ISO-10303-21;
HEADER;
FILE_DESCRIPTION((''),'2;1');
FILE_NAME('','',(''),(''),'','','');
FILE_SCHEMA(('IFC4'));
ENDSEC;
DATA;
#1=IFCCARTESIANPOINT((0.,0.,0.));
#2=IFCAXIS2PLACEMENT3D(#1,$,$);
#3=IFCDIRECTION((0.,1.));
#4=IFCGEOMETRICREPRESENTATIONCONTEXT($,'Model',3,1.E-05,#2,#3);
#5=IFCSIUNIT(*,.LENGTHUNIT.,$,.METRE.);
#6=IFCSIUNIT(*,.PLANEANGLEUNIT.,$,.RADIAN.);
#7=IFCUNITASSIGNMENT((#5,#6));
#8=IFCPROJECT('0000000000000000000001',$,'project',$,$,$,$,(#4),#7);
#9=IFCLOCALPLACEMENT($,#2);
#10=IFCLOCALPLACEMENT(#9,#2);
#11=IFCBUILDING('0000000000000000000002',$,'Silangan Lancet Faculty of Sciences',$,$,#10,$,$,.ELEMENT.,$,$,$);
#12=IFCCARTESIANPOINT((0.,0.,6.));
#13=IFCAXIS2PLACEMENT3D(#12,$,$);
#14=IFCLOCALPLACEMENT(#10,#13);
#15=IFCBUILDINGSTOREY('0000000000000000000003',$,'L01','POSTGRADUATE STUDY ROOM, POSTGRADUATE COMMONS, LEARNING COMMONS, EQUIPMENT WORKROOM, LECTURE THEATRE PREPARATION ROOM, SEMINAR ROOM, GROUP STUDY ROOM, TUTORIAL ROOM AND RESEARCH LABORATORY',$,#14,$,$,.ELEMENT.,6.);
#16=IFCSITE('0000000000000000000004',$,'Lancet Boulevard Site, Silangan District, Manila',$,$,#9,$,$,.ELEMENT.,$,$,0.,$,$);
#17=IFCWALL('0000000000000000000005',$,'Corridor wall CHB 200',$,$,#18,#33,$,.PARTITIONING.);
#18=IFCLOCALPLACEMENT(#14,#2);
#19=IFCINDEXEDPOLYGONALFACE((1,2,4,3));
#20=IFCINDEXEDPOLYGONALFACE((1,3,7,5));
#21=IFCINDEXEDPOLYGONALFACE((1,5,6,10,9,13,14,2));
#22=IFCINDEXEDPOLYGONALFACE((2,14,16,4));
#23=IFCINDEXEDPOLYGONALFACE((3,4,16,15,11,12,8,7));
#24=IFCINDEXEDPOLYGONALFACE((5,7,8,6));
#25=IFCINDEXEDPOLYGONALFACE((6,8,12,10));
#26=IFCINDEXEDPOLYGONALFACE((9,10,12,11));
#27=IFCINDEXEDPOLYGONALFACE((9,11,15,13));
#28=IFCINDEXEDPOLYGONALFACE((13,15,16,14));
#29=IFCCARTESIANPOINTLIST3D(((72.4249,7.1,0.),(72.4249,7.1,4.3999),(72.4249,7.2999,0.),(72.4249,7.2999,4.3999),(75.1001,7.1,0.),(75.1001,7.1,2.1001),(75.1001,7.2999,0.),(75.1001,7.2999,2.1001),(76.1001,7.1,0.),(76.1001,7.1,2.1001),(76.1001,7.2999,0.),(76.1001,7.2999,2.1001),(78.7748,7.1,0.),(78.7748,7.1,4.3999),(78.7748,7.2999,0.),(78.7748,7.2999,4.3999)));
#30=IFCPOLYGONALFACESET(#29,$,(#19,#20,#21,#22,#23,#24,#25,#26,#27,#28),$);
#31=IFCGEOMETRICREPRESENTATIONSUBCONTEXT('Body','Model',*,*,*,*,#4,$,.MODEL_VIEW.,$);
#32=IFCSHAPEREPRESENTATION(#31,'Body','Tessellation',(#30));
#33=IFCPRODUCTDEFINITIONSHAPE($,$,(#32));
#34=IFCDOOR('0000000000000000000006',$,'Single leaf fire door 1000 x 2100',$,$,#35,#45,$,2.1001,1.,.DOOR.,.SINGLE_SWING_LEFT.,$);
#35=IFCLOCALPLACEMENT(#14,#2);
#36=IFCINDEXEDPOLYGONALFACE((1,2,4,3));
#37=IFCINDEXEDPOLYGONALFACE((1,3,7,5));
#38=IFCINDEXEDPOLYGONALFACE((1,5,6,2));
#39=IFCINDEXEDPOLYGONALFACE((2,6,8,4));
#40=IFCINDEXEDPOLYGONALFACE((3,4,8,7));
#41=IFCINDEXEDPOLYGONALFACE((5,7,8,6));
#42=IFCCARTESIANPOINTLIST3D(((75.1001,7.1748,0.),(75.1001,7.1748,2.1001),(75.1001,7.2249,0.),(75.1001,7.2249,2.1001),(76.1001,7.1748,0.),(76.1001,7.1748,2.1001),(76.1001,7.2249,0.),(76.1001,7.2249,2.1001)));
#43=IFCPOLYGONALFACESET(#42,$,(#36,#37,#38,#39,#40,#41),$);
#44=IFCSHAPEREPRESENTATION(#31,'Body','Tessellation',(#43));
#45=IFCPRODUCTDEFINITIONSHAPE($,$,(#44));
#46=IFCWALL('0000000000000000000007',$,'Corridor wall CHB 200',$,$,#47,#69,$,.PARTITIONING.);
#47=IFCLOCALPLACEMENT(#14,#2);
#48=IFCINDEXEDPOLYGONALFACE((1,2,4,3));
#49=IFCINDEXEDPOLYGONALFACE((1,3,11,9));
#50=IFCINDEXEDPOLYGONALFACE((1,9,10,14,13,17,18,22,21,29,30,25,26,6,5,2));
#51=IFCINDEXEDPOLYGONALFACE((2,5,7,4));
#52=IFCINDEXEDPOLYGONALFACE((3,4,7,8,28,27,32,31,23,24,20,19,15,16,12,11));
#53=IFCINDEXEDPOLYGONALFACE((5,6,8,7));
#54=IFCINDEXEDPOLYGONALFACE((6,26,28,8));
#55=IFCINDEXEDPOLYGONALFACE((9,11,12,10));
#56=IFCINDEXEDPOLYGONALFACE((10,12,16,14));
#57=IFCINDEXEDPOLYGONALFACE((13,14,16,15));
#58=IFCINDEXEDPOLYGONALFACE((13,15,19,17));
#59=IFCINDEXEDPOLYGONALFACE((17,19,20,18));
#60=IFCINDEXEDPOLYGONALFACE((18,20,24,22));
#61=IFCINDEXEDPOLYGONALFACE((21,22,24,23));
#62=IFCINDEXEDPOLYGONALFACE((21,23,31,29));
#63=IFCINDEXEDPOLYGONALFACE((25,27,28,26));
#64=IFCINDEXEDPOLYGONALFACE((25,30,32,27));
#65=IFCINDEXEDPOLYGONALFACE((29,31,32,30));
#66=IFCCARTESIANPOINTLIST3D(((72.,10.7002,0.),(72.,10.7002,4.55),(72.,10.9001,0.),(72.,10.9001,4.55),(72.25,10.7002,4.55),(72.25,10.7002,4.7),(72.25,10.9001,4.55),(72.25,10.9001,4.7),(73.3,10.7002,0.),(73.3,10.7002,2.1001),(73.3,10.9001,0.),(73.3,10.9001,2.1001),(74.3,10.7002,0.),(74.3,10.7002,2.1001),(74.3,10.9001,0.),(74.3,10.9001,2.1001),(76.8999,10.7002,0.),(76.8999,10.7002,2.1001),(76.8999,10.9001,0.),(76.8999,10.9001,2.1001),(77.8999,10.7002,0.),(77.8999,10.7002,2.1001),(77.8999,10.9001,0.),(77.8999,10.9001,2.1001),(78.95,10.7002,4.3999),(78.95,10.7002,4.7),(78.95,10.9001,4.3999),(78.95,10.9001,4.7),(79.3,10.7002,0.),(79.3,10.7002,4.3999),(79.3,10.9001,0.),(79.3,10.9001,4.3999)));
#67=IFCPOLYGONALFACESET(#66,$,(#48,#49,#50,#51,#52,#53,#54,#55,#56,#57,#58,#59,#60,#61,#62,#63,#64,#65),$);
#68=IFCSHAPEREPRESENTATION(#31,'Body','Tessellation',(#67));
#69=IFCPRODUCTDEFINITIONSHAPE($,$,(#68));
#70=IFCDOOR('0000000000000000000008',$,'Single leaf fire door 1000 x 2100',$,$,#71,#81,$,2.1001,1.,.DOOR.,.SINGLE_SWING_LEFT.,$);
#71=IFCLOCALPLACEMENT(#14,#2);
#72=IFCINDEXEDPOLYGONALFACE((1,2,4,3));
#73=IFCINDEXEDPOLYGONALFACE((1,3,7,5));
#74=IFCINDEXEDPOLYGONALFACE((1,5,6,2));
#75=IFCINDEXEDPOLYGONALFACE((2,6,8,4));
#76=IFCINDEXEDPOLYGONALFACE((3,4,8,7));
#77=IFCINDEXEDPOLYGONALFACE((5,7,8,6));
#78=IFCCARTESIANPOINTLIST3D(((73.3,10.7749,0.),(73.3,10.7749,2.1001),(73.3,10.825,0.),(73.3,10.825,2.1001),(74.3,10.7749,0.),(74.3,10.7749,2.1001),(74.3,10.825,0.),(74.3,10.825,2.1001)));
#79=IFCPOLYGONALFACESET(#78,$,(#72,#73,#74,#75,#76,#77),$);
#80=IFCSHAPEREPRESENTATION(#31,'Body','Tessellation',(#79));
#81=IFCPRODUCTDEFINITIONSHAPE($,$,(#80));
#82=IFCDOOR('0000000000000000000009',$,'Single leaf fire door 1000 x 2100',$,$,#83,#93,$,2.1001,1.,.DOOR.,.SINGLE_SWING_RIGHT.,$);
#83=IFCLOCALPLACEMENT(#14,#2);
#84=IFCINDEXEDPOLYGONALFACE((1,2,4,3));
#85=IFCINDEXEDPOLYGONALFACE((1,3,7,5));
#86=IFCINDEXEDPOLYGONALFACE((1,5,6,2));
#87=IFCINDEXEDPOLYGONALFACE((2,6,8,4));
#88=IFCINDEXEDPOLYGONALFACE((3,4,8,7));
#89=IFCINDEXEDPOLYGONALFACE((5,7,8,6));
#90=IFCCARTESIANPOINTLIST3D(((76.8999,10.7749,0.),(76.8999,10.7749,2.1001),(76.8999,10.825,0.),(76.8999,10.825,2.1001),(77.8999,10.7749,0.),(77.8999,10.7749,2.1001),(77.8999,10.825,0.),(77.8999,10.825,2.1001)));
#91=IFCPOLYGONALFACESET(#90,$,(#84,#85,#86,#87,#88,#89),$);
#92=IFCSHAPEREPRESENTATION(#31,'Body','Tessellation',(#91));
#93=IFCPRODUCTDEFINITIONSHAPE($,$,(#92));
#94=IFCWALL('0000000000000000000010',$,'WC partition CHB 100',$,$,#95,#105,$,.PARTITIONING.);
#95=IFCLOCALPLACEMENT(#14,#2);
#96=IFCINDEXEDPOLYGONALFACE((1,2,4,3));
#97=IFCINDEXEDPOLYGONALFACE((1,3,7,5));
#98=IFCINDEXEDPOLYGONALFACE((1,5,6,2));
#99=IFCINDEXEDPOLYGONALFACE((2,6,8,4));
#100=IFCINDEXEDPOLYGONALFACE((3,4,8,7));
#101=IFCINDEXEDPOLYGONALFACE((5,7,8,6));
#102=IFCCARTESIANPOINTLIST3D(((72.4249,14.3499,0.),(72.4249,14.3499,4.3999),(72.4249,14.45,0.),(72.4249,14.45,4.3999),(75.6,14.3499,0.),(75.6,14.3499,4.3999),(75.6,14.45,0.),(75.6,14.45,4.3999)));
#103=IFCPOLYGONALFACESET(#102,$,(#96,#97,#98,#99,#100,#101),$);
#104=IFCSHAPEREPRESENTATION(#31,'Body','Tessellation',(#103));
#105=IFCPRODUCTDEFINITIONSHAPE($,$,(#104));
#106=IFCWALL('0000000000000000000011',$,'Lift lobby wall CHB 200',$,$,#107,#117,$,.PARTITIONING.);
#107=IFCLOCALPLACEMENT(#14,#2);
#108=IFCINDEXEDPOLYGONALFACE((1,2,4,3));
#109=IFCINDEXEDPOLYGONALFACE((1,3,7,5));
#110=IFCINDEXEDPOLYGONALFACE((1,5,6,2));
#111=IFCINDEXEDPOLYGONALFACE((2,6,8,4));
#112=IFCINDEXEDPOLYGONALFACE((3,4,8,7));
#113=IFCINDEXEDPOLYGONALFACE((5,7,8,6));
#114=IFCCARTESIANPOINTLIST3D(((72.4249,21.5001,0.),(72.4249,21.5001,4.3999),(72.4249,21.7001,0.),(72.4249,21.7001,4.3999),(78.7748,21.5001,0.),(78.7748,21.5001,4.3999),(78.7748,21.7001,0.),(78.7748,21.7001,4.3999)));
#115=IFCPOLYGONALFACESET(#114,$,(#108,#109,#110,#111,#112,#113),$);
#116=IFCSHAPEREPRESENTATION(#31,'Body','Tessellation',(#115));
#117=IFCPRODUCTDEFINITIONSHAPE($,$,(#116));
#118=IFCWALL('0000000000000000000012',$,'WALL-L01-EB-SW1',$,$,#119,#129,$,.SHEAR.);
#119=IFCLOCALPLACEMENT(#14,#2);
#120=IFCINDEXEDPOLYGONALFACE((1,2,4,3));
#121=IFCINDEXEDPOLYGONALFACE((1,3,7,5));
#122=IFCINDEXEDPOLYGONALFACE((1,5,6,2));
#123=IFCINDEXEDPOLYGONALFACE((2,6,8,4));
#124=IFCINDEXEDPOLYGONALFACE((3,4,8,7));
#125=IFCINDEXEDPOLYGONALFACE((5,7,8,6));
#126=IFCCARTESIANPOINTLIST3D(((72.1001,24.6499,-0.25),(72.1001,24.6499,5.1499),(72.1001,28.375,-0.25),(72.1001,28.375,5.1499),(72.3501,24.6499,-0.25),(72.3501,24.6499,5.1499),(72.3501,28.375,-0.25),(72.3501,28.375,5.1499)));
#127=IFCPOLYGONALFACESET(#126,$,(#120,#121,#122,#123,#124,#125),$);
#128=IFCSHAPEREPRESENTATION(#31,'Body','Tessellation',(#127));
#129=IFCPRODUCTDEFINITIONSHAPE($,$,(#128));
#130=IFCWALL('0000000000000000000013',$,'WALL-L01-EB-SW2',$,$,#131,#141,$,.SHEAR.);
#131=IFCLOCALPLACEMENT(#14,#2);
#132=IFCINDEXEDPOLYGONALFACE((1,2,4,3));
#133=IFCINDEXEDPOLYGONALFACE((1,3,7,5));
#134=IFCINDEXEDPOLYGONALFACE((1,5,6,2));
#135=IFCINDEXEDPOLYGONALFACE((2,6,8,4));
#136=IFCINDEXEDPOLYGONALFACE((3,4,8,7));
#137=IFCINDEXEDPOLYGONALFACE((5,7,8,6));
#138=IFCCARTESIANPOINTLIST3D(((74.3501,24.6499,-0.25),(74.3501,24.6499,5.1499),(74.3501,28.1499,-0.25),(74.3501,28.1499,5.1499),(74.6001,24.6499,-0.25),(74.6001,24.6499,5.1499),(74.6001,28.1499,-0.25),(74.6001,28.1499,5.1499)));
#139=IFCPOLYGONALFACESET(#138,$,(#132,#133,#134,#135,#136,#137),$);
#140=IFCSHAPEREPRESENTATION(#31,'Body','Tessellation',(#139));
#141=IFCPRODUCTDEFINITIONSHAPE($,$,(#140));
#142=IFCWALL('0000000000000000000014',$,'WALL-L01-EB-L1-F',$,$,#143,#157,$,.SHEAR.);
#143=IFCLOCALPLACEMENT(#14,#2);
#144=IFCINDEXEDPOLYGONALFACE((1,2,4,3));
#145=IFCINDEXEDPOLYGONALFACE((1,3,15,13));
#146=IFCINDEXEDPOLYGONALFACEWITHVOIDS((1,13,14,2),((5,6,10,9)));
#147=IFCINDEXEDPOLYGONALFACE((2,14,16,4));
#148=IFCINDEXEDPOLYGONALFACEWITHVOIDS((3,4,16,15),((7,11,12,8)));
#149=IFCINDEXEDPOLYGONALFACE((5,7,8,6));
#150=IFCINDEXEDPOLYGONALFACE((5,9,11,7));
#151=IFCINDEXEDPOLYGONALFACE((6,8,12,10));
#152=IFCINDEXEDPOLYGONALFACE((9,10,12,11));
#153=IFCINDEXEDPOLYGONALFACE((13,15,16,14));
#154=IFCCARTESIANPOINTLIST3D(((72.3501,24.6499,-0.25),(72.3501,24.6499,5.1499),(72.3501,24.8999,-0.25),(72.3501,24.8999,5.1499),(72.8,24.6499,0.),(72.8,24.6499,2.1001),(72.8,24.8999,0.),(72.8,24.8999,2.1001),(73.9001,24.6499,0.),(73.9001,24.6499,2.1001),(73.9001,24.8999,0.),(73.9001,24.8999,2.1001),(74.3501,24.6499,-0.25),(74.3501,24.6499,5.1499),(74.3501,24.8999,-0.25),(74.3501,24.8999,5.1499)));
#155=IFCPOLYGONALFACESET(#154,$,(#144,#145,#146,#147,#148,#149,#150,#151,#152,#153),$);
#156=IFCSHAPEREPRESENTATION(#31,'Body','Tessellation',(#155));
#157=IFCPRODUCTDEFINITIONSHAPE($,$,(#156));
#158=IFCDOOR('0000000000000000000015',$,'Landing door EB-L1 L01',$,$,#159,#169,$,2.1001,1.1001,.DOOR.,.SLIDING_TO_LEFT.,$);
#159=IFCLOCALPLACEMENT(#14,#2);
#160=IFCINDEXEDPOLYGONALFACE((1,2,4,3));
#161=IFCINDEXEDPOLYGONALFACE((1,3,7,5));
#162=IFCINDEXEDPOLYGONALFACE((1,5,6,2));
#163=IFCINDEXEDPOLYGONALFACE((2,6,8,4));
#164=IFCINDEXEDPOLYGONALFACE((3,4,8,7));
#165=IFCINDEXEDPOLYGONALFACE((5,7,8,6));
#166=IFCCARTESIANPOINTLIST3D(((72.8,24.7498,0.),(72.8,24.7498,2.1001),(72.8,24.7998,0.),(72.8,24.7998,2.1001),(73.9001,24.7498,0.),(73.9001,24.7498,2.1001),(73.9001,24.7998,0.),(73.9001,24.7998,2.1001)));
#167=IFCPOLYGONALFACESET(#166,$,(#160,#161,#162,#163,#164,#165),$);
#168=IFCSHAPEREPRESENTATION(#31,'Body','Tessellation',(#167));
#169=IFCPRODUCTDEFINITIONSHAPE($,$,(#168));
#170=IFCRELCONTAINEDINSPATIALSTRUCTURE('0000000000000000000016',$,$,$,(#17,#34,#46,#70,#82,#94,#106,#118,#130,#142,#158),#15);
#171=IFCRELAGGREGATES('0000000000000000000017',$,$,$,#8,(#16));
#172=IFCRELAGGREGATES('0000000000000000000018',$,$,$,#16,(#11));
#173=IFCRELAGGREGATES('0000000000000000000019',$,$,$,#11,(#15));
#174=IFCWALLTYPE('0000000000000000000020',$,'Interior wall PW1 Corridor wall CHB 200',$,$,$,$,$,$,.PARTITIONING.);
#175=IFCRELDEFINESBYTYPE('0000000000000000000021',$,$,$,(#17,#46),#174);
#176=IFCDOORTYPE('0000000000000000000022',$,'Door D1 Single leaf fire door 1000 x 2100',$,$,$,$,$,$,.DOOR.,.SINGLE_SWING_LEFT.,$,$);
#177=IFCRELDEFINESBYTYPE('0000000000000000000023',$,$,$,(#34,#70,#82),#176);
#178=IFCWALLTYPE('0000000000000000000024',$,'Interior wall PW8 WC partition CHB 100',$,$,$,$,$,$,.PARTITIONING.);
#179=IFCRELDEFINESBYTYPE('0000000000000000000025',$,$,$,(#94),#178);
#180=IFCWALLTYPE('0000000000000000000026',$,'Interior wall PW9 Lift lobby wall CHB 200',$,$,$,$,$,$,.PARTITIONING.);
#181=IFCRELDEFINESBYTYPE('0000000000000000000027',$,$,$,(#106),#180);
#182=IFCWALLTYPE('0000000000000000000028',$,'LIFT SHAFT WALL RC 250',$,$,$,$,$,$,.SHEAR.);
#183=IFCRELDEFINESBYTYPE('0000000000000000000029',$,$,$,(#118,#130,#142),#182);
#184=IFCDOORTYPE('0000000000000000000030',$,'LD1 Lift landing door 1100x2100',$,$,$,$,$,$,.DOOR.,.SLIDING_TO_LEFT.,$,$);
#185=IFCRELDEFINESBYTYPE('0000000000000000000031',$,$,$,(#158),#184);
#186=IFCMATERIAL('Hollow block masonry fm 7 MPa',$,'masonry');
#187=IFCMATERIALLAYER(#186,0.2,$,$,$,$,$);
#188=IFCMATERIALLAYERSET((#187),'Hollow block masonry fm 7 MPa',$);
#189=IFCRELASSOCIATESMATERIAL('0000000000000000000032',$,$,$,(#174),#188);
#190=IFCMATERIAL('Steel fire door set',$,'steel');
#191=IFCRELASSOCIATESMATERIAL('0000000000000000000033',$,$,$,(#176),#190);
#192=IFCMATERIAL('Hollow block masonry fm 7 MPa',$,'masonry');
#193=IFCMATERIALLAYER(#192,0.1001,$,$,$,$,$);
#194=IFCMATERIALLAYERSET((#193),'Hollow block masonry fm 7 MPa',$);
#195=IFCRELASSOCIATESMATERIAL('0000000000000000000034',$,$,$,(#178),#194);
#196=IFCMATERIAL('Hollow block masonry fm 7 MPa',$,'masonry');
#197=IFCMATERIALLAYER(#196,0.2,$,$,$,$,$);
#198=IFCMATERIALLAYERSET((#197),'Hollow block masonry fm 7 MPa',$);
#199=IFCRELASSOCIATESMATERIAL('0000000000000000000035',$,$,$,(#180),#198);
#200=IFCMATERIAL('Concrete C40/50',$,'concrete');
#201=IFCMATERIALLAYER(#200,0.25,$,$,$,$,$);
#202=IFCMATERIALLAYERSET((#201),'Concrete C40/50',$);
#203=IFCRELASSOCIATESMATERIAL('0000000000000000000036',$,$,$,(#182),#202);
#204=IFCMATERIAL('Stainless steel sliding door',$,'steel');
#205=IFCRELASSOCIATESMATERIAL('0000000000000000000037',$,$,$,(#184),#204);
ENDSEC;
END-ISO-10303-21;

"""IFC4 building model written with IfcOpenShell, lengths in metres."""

from ifc_helpers import new_model, si_unit, direction, frame, frame_2d, origin, place, context, subcontext, project, spatial, polyline, rectangle, outline, extrude, material, layer, layer_set, type_object, element, fill, save


model = new_model("IFC4")

# Units and contexts
model_context = context("Model", 3, precision=1e-05, world=origin(), true_north=direction((0.0, 1.0)))
body_context = subcontext(model_context, "Body", "Model", "MODEL_VIEW")
ifc_project = project(units=[si_unit("LENGTHUNIT", "METRE"), si_unit("PLANEANGLEUNIT", "RADIAN")], contexts=[model_context])

# Site, building, storey
site_placement = place(None, origin())
site = spatial("IfcSite", under=ifc_project, at=site_placement, Name="Lancet Boulevard Site, Silangan District, Manila", CompositionType="ELEMENT", RefElevation=0.0)
building_placement = place(site_placement, origin())
building = spatial("IfcBuilding", under=site, at=building_placement, Name="Silangan Lancet Faculty of Sciences", CompositionType="ELEMENT")
storey_placement = place(building_placement, frame((0.0, 0.0, 6.0)))
storey = spatial("IfcBuildingStorey", under=building, at=storey_placement, Name="L01", Description="POSTGRADUATE STUDY ROOM, POSTGRADUATE COMMONS, LEARNING COMMONS, EQUIPMENT WORKROOM, LECTURE THEATRE PREPARATION ROOM, SEMINAR ROOM, GROUP STUDY ROOM, TUTORIAL ROOM AND RESEARCH LABORATORY", CompositionType="ELEMENT", Elevation=6.0)

# Wall, opening, door
ifc_material_1 = material(Name="Hollow block masonry fm 7 MPa", Category="masonry")
ifc_layer_1 = layer(ifc_material_1, 0.2)
ifc_layer_set_1 = layer_set([ifc_layer_1], Name="Hollow block masonry fm 7 MPa")
wall_type_1 = type_object("IfcWallType", Name="Interior wall PW1 Corridor wall CHB 200", PredefinedType="PARTITIONING", material=ifc_layer_set_1)
wall_1_placement = place(storey_placement, frame((72.425, 7.2, 0.0), z_axis=(0.0, 0.0, 1.0), x_axis=(1.0, 0.0, 0.0)))
wall_1 = element("IfcWall", 1, at=wall_1_placement, inside=storey, type_object=wall_type_1, Name="Corridor wall CHB 200", PredefinedType="PARTITIONING", context=body_context, shape_type="SweptSolid", body=[
    extrude(rectangle(XDim=6.3499, YDim=0.2, at=frame_2d((3.1748, 0.0))), origin(), (0.0, 0.0, 1.0), 4.3999),
])
opening_1_placement = place(wall_1_placement, frame((2.675, 0.0, 0.0)))
opening_1 = element("IfcOpeningElement", 2, at=opening_1_placement, cuts=wall_1, PredefinedType="OPENING", context=body_context, shape_type="SweptSolid", body=[
    extrude(rectangle(XDim=1.0, YDim=2.1001, at=frame_2d((0.5, 1.05))), frame((0.0, 0.1099, 0.0), z_axis=(0.0, -1.0, 0.0), x_axis=(1.0, 0.0, 0.0)), (0.0, 0.0, 1.0), 0.22),
])
ifc_material_2 = material(Name="Steel fire door set", Category="steel")
door_type_1 = type_object("IfcDoorType", Name="Door D1 Single leaf fire door 1000 x 2100", OperationType="SINGLE_SWING_LEFT", PredefinedType="DOOR", material=ifc_material_2)
door_1_placement = place(opening_1_placement, frame((1.0, 0.0, 0.0), z_axis=(0.0, 0.0, 1.0), x_axis=(-1.0, 0.0, 0.0)))
door_1 = element("IfcDoor", 3, at=door_1_placement, inside=storey, type_object=door_type_1, Name="Single leaf fire door 1000 x 2100", OperationType="SINGLE_SWING_LEFT", OverallHeight=2.1001, OverallWidth=1.0, PredefinedType="DOOR", context=body_context, shape_type="SweptSolid", body=[
    extrude(rectangle(XDim=1.0, YDim=2.1001, at=frame_2d((0.5, 1.05))), frame((0.0, 0.0251, 0.0), z_axis=(0.0, -1.0, 0.0), x_axis=(1.0, 0.0, 0.0)), (0.0, 0.0, 1.0), 0.05),
])
fill(opening_1, door_1)

# Wall, openings, doors
wall_2_placement = place(storey_placement, frame((72.0, 10.8, 0.0), z_axis=(0.0, 0.0, 1.0), x_axis=(1.0, 0.0, 0.0)))
wall_2 = element("IfcWall", 4, at=wall_2_placement, inside=storey, type_object=wall_type_1, Name="Corridor wall CHB 200", PredefinedType="PARTITIONING", context=body_context, shape_type="SweptSolid", body=[
    extrude(outline(polyline([(0.0, 0.0), (7.3, 0.0), (7.3, 4.3999), (6.95, 4.3999), (6.95, 4.7), (0.25, 4.7), (0.25, 4.55), (0.0, 4.55), (0.0, 0.0)])), frame((0.0, 0.1001, 0.0), z_axis=(0.0, -1.0, 0.0), x_axis=(1.0, 0.0, 0.0)), (0.0, 0.0, 1.0), 0.2),
])
opening_2_placement = place(wall_2_placement, frame((1.3, 0.0, 0.0)))
opening_2 = element("IfcOpeningElement", 5, at=opening_2_placement, cuts=wall_2, PredefinedType="OPENING", context=body_context, shape_type="SweptSolid", body=[
    extrude(rectangle(XDim=1.0, YDim=2.1001, at=frame_2d((0.5, 1.05))), frame((0.0, 0.1099, 0.0), z_axis=(0.0, -1.0, 0.0), x_axis=(1.0, 0.0, 0.0)), (0.0, 0.0, 1.0), 0.22),
])
opening_3_placement = place(wall_2_placement, frame((4.8999, 0.0, 0.0)))
opening_3 = element("IfcOpeningElement", 6, at=opening_3_placement, cuts=wall_2, PredefinedType="OPENING", context=body_context, shape_type="SweptSolid", body=[
    extrude(rectangle(XDim=1.0, YDim=2.1001, at=frame_2d((0.5, 1.05))), frame((0.0, 0.1099, 0.0), z_axis=(0.0, -1.0, 0.0), x_axis=(1.0, 0.0, 0.0)), (0.0, 0.0, 1.0), 0.22),
])
door_2_placement = place(opening_2_placement, origin())
door_2 = element("IfcDoor", 7, at=door_2_placement, inside=storey, type_object=door_type_1, Name="Single leaf fire door 1000 x 2100", OperationType="SINGLE_SWING_LEFT", OverallHeight=2.1001, OverallWidth=1.0, PredefinedType="DOOR", context=body_context, shape_type="SweptSolid", body=[
    extrude(rectangle(XDim=1.0, YDim=2.1001, at=frame_2d((0.5, 1.05))), frame((0.0, 0.0249, 0.0), z_axis=(0.0, -1.0, 0.0), x_axis=(1.0, 0.0, 0.0)), (0.0, 0.0, 1.0), 0.05),
])
fill(opening_2, door_2)
door_3_placement = place(opening_3_placement, origin())
door_3 = element("IfcDoor", 8, at=door_3_placement, inside=storey, type_object=door_type_1, Name="Single leaf fire door 1000 x 2100", OperationType="SINGLE_SWING_RIGHT", OverallHeight=2.1001, OverallWidth=1.0, PredefinedType="DOOR", context=body_context, shape_type="SweptSolid", body=[
    extrude(rectangle(XDim=1.0, YDim=2.1001, at=frame_2d((0.5, 1.05))), frame((0.0, 0.0249, 0.0), z_axis=(0.0, -1.0, 0.0), x_axis=(1.0, 0.0, 0.0)), (0.0, 0.0, 1.0), 0.05),
])
fill(opening_3, door_3)

# Walls
ifc_material_3 = material(Name="Hollow block masonry fm 7 MPa", Category="masonry")
ifc_layer_2 = layer(ifc_material_3, 0.1001)
ifc_layer_set_2 = layer_set([ifc_layer_2], Name="Hollow block masonry fm 7 MPa")
wall_type_2 = type_object("IfcWallType", Name="Interior wall PW8 WC partition CHB 100", PredefinedType="PARTITIONING", material=ifc_layer_set_2)
wall_3_placement = place(storey_placement, frame((72.425, 14.3999, 0.0), z_axis=(0.0, 0.0, 1.0), x_axis=(1.0, 0.0, 0.0)))
element("IfcWall", 9, at=wall_3_placement, inside=storey, type_object=wall_type_2, Name="WC partition CHB 100", PredefinedType="PARTITIONING", context=body_context, shape_type="SweptSolid", body=[
    extrude(rectangle(XDim=3.175, YDim=0.1001, at=frame_2d((1.5874, 0.0))), origin(), (0.0, 0.0, 1.0), 4.3999),
])
ifc_material_4 = material(Name="Hollow block masonry fm 7 MPa", Category="masonry")
ifc_layer_3 = layer(ifc_material_4, 0.2)
ifc_layer_set_3 = layer_set([ifc_layer_3], Name="Hollow block masonry fm 7 MPa")
wall_type_3 = type_object("IfcWallType", Name="Interior wall PW9 Lift lobby wall CHB 200", PredefinedType="PARTITIONING", material=ifc_layer_set_3)
wall_4_placement = place(storey_placement, frame((72.425, 21.6001, 0.0), z_axis=(0.0, 0.0, 1.0), x_axis=(1.0, 0.0, 0.0)))
element("IfcWall", 10, at=wall_4_placement, inside=storey, type_object=wall_type_3, Name="Lift lobby wall CHB 200", PredefinedType="PARTITIONING", context=body_context, shape_type="SweptSolid", body=[
    extrude(rectangle(XDim=6.3499, YDim=0.2, at=frame_2d((3.1748, 0.0))), origin(), (0.0, 0.0, 1.0), 4.3999),
])
ifc_material_5 = material(Name="Concrete C40/50", Category="concrete")
ifc_layer_4 = layer(ifc_material_5, 0.25)
ifc_layer_set_4 = layer_set([ifc_layer_4], Name="Concrete C40/50")
wall_type_4 = type_object("IfcWallType", Name="LIFT SHAFT WALL RC 250", PredefinedType="SHEAR", material=ifc_layer_set_4)
wall_5_placement = place(storey_placement, frame((72.2251, 24.6499, -0.25), z_axis=(0.0, 0.0, 1.0), x_axis=(0.0, 1.0, 0.0)))
element("IfcWall", 11, at=wall_5_placement, inside=storey, type_object=wall_type_4, Name="WALL-L01-EB-SW1", PredefinedType="SHEAR", context=body_context, shape_type="SweptSolid", body=[
    extrude(rectangle(XDim=3.7251, YDim=0.25, at=frame_2d((1.8625, 0.0))), origin(), (0.0, 0.0, 1.0), 5.3999),
])
wall_6_placement = place(storey_placement, frame((74.4751, 24.6499, -0.25), z_axis=(0.0, 0.0, 1.0), x_axis=(0.0, 1.0, 0.0)))
element("IfcWall", 12, at=wall_6_placement, inside=storey, type_object=wall_type_4, Name="WALL-L01-EB-SW2", PredefinedType="SHEAR", context=body_context, shape_type="SweptSolid", body=[
    extrude(rectangle(XDim=3.5, YDim=0.25, at=frame_2d((1.75, 0.0))), origin(), (0.0, 0.0, 1.0), 5.3999),
])

# Wall, opening, door
wall_7_placement = place(storey_placement, frame((72.3501, 24.7749, -0.25), z_axis=(0.0, 0.0, 1.0), x_axis=(1.0, 0.0, 0.0)))
wall_7 = element("IfcWall", 13, at=wall_7_placement, inside=storey, type_object=wall_type_4, Name="WALL-L01-EB-L1-F", PredefinedType="SHEAR", context=body_context, shape_type="SweptSolid", body=[
    extrude(rectangle(XDim=2.0, YDim=0.25, at=frame_2d((1.0, 0.0))), origin(), (0.0, 0.0, 1.0), 5.3999),
])
opening_4_placement = place(wall_7_placement, frame((0.45, 0.0, 0.25)))
opening_4 = element("IfcOpeningElement", 14, at=opening_4_placement, cuts=wall_7, PredefinedType="OPENING", context=body_context, shape_type="SweptSolid", body=[
    extrude(rectangle(XDim=1.1001, YDim=2.1001, at=frame_2d((0.55, 1.05))), frame((0.0, 0.135, 0.0), z_axis=(0.0, -1.0, 0.0), x_axis=(1.0, 0.0, 0.0)), (0.0, 0.0, 1.0), 0.27),
])
ifc_material_6 = material(Name="Stainless steel sliding door", Category="steel")
door_type_2 = type_object("IfcDoorType", Name="LD1 Lift landing door 1100x2100", OperationType="SLIDING_TO_LEFT", PredefinedType="DOOR", material=ifc_material_6)
door_4_placement = place(opening_4_placement, origin())
door_4 = element("IfcDoor", 15, at=door_4_placement, inside=storey, type_object=door_type_2, Name="Landing door EB-L1 L01", OperationType="SLIDING_TO_LEFT", OverallHeight=2.1001, OverallWidth=1.1001, PredefinedType="DOOR", context=body_context, shape_type="SweptSolid", body=[
    extrude(rectangle(XDim=1.1001, YDim=2.1001, at=frame_2d((0.55, 1.05))), frame((0.0, 0.0249, 0.0), z_axis=(0.0, -1.0, 0.0), x_axis=(1.0, 0.0, 0.0)), (0.0, 0.0, 1.0), 0.05),
])
fill(opening_4, door_4)

save(model, "model.ifc")
